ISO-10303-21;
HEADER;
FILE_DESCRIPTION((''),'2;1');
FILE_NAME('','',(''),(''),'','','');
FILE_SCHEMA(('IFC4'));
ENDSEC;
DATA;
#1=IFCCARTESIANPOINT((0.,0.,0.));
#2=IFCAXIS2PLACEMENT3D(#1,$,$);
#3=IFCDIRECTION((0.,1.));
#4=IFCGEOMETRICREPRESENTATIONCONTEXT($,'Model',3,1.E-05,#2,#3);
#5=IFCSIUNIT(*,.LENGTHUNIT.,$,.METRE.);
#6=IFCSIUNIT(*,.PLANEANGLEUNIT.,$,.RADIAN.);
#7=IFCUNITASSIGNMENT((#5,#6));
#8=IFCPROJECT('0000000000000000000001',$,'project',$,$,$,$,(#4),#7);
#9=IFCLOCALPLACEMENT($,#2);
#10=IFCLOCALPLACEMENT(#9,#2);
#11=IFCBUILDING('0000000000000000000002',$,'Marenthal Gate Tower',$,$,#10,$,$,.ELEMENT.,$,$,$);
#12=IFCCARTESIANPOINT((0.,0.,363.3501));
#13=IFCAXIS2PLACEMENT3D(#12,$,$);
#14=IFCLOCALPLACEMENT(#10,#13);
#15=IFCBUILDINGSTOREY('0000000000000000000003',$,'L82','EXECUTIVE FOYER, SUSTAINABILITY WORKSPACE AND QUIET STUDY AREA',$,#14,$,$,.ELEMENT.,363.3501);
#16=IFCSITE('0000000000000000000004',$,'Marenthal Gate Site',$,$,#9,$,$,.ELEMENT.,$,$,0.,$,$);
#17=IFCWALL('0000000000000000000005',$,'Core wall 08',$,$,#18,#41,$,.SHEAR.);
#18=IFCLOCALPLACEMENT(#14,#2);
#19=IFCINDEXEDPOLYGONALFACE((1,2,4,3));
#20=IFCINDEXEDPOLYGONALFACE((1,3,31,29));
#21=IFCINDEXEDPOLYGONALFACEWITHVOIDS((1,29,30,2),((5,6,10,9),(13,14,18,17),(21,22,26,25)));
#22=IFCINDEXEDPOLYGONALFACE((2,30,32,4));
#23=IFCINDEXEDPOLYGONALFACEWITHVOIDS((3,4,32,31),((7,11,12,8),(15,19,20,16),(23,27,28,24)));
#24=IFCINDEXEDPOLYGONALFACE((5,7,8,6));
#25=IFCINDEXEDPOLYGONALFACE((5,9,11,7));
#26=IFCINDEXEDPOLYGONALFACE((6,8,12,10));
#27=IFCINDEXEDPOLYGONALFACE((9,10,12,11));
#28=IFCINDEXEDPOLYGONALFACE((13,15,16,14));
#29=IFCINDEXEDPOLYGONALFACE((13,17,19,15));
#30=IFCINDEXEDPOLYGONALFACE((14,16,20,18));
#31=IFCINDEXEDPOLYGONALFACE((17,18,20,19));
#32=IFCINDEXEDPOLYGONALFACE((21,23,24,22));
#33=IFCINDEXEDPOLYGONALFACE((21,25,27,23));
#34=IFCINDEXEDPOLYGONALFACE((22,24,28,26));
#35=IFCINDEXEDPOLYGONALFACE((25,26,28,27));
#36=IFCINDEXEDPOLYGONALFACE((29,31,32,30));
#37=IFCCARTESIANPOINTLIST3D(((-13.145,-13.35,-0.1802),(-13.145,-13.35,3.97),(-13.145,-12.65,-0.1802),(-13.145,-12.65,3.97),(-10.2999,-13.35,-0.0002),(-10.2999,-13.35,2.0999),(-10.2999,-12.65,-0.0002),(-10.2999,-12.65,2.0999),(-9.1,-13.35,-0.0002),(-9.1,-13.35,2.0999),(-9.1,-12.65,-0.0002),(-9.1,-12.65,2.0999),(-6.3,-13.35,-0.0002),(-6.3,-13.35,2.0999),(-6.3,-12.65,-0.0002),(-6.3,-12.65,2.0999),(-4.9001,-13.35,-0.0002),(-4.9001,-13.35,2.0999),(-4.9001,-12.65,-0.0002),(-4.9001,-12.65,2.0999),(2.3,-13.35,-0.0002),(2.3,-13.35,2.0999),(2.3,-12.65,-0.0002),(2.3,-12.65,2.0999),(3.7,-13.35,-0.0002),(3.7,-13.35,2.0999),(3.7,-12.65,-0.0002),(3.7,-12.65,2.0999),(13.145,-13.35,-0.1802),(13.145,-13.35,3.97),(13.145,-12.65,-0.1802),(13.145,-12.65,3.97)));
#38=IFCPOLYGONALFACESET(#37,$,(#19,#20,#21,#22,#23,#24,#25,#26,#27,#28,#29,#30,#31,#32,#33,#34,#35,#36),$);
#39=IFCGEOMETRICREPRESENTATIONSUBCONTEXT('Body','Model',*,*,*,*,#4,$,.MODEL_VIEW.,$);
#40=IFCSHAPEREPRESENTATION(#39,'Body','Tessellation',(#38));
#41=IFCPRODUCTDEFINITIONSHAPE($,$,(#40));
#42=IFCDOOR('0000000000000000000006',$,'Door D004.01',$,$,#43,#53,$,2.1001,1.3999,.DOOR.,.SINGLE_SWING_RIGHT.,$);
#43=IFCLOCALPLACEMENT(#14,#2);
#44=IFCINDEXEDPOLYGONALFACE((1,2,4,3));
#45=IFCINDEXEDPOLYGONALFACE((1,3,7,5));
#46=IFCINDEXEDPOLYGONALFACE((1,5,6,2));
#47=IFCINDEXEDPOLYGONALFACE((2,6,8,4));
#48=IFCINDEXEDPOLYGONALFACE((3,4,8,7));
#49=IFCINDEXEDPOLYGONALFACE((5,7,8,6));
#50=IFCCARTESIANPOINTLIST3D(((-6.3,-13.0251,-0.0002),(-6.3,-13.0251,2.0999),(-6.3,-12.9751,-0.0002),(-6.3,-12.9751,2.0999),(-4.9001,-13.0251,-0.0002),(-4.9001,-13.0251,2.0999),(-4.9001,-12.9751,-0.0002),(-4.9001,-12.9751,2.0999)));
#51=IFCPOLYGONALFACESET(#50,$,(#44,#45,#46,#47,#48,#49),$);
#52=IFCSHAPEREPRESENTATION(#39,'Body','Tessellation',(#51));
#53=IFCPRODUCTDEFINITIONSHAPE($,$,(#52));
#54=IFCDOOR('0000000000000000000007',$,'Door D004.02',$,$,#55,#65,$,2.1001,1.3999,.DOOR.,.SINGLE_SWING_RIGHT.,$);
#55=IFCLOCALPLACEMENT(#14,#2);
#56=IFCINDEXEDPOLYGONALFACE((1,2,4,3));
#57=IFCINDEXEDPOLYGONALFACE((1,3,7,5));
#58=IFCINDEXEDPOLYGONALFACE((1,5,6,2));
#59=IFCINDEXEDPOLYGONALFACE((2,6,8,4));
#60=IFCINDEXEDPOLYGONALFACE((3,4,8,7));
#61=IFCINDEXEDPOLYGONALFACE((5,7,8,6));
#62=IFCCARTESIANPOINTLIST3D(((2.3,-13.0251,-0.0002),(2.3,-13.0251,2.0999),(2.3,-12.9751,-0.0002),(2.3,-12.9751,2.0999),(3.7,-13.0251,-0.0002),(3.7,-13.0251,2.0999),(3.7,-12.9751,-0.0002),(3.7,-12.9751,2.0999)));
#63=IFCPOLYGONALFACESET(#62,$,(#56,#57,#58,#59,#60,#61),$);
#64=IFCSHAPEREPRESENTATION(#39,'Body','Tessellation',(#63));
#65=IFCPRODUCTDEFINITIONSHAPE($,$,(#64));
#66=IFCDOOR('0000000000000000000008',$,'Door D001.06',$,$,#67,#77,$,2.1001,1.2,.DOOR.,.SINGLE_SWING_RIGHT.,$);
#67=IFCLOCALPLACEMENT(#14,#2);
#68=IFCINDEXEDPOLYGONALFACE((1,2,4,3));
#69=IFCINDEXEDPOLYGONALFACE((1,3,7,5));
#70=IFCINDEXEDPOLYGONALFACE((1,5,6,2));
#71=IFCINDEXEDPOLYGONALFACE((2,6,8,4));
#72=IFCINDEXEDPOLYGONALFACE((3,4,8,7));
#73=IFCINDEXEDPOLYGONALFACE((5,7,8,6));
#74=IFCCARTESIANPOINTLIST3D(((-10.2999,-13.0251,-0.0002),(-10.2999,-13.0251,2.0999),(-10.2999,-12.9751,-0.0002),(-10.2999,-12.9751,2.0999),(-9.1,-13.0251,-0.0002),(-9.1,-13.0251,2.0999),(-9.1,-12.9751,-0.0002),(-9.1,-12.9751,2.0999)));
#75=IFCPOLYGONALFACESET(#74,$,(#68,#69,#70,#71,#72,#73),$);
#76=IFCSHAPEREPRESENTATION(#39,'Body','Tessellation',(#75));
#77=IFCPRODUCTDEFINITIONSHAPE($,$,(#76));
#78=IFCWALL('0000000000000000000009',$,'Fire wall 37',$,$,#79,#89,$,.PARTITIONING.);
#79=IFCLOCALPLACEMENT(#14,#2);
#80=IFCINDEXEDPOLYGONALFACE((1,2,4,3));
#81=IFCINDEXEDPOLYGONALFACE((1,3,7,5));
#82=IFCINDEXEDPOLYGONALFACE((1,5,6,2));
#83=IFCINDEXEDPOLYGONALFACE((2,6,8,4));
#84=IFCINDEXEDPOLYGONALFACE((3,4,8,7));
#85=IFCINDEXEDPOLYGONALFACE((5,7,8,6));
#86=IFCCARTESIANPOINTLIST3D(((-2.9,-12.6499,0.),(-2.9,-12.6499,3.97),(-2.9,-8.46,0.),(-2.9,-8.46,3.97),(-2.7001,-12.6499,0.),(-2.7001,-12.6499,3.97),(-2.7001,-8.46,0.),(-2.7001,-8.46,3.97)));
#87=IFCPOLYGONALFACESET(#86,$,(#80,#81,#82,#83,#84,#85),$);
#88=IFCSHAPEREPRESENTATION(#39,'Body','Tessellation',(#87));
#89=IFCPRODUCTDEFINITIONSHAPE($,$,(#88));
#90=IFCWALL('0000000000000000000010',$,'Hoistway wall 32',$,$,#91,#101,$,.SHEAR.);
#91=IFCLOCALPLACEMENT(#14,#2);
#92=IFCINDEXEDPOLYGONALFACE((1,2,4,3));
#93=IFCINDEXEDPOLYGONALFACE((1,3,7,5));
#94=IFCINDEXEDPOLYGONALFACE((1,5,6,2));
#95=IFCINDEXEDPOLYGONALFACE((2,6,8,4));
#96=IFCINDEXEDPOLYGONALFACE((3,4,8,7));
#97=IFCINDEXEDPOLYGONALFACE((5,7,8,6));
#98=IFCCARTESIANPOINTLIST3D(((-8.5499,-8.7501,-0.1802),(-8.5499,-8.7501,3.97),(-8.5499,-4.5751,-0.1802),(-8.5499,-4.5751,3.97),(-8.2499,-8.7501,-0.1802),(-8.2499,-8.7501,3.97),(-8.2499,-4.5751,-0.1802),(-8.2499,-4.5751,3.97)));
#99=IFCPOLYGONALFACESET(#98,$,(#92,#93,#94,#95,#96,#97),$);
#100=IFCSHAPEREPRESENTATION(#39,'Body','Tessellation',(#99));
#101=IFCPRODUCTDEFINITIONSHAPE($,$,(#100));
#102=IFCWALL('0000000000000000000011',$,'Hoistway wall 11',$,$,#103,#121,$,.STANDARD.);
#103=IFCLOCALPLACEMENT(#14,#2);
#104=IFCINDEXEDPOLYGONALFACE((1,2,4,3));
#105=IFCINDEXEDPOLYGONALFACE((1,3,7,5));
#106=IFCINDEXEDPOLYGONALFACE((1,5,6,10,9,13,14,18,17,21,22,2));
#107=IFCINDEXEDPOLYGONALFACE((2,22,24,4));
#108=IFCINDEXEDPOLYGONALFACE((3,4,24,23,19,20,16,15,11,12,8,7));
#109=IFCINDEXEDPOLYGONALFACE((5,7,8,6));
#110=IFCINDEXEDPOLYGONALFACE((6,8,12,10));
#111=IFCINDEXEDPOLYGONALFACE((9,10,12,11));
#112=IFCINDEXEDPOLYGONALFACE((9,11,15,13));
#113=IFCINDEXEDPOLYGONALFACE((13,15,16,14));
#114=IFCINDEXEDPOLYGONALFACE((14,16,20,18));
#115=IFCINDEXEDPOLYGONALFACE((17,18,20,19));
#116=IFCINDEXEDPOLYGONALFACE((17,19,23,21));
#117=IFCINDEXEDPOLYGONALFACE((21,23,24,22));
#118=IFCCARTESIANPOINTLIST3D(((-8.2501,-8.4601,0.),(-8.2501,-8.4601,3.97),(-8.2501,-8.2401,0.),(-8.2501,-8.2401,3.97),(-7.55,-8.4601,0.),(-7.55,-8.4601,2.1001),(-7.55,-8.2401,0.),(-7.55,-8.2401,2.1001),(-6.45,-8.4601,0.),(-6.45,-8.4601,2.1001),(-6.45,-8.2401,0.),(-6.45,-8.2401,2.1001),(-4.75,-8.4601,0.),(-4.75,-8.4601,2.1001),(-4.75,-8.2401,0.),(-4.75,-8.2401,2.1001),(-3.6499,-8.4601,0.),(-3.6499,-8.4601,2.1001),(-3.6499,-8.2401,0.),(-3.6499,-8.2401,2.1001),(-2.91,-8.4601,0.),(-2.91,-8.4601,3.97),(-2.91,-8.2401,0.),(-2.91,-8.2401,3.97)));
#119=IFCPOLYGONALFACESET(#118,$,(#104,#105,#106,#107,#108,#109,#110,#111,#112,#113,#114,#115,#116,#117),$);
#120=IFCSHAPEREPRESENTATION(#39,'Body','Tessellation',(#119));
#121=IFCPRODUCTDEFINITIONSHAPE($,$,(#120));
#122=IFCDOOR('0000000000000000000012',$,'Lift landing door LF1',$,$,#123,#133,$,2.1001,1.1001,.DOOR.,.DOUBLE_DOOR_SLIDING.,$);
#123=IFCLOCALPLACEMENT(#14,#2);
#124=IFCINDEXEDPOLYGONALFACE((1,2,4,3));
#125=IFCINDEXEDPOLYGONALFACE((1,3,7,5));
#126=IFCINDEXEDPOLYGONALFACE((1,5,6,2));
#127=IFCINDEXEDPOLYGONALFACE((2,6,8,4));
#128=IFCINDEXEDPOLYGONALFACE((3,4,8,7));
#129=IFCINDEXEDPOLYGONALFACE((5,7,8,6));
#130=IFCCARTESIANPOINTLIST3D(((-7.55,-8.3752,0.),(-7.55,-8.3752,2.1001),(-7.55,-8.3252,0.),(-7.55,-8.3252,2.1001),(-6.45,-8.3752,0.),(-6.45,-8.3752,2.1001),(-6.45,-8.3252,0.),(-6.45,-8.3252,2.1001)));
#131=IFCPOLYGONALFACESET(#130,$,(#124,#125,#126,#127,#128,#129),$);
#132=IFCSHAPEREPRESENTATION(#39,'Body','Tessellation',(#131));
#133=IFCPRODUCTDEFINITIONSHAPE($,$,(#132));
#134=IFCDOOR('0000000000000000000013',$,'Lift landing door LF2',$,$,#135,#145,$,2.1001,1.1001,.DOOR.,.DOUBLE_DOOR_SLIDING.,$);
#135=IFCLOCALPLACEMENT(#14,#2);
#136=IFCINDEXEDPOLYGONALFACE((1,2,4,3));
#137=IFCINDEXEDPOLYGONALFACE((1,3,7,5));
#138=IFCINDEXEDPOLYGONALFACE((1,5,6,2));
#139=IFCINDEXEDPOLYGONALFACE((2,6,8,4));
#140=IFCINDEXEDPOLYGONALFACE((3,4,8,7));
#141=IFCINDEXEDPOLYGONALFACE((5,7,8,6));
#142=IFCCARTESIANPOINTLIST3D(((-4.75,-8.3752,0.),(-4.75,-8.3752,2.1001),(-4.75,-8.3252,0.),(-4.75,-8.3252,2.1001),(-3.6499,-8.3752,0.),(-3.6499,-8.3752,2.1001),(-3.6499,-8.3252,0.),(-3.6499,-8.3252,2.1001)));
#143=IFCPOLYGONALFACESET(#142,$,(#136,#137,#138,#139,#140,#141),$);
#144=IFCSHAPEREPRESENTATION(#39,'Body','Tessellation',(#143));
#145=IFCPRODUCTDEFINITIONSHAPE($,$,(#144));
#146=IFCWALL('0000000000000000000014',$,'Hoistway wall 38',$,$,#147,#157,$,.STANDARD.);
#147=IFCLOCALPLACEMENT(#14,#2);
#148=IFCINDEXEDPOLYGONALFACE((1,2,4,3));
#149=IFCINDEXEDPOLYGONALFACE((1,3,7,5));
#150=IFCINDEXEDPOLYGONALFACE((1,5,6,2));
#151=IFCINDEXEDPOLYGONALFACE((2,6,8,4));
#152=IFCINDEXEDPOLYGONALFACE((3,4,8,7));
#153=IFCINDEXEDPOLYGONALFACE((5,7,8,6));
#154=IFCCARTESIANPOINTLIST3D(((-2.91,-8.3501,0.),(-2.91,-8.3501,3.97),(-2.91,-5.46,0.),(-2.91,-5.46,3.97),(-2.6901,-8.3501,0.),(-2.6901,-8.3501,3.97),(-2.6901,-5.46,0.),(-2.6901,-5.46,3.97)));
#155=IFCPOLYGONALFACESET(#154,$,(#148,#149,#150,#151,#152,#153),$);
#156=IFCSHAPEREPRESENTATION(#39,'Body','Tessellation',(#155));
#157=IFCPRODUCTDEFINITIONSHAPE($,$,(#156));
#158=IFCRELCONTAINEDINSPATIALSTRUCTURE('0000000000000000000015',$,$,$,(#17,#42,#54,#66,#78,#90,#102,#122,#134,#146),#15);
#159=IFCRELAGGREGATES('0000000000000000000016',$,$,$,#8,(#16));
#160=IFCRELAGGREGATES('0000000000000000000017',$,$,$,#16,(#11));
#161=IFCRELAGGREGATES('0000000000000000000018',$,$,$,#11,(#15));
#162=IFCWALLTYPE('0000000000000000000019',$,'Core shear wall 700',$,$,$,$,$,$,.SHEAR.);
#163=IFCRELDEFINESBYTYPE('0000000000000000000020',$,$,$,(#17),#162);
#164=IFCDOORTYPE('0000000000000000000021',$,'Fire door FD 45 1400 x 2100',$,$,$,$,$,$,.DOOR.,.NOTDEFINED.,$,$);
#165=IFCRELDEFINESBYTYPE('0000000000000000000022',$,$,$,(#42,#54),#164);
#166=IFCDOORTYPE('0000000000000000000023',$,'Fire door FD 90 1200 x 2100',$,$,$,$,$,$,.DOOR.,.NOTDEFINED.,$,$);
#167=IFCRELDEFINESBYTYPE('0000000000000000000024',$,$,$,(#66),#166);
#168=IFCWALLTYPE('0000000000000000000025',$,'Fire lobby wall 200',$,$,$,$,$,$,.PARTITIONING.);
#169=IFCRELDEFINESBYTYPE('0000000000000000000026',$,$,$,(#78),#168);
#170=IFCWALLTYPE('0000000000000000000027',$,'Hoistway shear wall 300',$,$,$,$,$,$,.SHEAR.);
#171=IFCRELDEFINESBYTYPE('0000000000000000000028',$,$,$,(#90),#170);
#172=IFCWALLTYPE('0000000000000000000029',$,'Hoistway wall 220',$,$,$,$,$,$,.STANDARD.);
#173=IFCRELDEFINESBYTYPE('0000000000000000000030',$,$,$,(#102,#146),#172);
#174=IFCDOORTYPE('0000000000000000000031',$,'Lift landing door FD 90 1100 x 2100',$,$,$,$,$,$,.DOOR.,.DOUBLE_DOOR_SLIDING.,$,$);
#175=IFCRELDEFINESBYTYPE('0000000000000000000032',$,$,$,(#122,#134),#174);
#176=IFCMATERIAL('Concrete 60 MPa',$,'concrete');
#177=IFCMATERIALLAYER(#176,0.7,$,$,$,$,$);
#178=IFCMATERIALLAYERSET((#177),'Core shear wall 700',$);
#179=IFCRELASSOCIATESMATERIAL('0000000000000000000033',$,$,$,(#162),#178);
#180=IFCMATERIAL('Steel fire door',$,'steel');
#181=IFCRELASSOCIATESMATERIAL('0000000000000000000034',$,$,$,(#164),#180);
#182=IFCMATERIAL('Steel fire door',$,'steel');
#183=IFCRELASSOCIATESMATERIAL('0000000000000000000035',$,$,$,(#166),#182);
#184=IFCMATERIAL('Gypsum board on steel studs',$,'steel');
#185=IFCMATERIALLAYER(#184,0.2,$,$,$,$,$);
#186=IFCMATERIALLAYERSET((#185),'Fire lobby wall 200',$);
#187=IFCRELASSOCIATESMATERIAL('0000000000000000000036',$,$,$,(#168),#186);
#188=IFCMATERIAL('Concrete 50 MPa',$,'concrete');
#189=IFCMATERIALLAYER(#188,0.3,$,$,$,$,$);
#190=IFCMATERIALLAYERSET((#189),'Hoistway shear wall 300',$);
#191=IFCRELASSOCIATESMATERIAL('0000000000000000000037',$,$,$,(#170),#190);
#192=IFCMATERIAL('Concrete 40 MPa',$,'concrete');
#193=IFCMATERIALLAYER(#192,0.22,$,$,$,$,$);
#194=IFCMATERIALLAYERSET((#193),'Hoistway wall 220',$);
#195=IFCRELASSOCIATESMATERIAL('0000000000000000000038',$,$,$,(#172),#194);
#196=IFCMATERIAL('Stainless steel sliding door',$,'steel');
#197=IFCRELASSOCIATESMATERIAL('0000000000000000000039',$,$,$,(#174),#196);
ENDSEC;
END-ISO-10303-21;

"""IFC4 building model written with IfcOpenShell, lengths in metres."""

from ifc_helpers import new_model, si_unit, direction, frame, frame_2d, origin, place, context, subcontext, project, spatial, rectangle, extrude, material, layer, layer_set, type_object, element, fill, save


model = new_model("IFC4")

# Units and contexts
model_context = context("Model", 3, precision=1e-05, world=origin(), true_north=direction((0.0, 1.0)))
body_context = subcontext(model_context, "Body", "Model", "MODEL_VIEW")
ifc_project = project(units=[si_unit("LENGTHUNIT", "METRE"), si_unit("PLANEANGLEUNIT", "RADIAN")], contexts=[model_context])

# Site, building, storey
site_placement = place(None, origin())
site = spatial("IfcSite", under=ifc_project, at=site_placement, Name="Marenthal Gate Site", CompositionType="ELEMENT", RefElevation=0.0)
building_placement = place(site_placement, origin())
building = spatial("IfcBuilding", under=site, at=building_placement, Name="Marenthal Gate Tower", CompositionType="ELEMENT")
storey_placement = place(building_placement, frame((0.0, 0.0, 363.3501)))
storey = spatial("IfcBuildingStorey", under=building, at=storey_placement, Name="L82", Description="EXECUTIVE FOYER, SUSTAINABILITY WORKSPACE AND QUIET STUDY AREA", CompositionType="ELEMENT", Elevation=363.3501)

# Wall, openings, doors
ifc_material_1 = material(Name="Concrete 60 MPa", Category="concrete")
ifc_layer_1 = layer(ifc_material_1, 0.7)
ifc_layer_set_1 = layer_set([ifc_layer_1], Name="Core shear wall 700")
wall_type_1 = type_object("IfcWallType", Name="Core shear wall 700", PredefinedType="SHEAR", material=ifc_layer_set_1)
wall_1_placement = place(storey_placement, frame((-13.145, -13.0, -0.1802), z_axis=(0.0, 0.0, 1.0), x_axis=(1.0, 0.0, 0.0)))
wall_1 = element("IfcWall", 1, at=wall_1_placement, inside=storey, type_object=wall_type_1, Name="Core wall 08", PredefinedType="SHEAR", context=body_context, shape_type="SweptSolid", body=[
    extrude(rectangle(XDim=26.29, YDim=0.7, at=frame_2d((13.145, 0.0))), origin(), (0.0, 0.0, 1.0), 4.1501),
])
opening_1_placement = place(wall_1_placement, frame((2.845, 0.0, 0.1799)))
opening_1 = element("IfcOpeningElement", 2, at=opening_1_placement, cuts=wall_1, PredefinedType="OPENING", context=body_context, shape_type="SweptSolid", body=[
    extrude(rectangle(XDim=1.2, YDim=2.1001, at=frame_2d((0.6001, 1.05))), frame((0.0, 0.3599, 0.0), z_axis=(0.0, -1.0, 0.0), x_axis=(1.0, 0.0, 0.0)), (0.0, 0.0, 1.0), 0.72),
])
opening_2_placement = place(wall_1_placement, frame((6.845, 0.0, 0.1799)))
opening_2 = element("IfcOpeningElement", 3, at=opening_2_placement, cuts=wall_1, PredefinedType="OPENING", context=body_context, shape_type="SweptSolid", body=[
    extrude(rectangle(XDim=1.3999, YDim=2.1001, at=frame_2d((0.7, 1.05))), frame((0.0, 0.3599, 0.0), z_axis=(0.0, -1.0, 0.0), x_axis=(1.0, 0.0, 0.0)), (0.0, 0.0, 1.0), 0.72),
])
opening_3_placement = place(wall_1_placement, frame((15.4451, 0.0, 0.1799)))
opening_3 = element("IfcOpeningElement", 4, at=opening_3_placement, cuts=wall_1, PredefinedType="OPENING", context=body_context, shape_type="SweptSolid", body=[
    extrude(rectangle(XDim=1.3999, YDim=2.1001, at=frame_2d((0.7, 1.05))), frame((0.0, 0.3599, 0.0), z_axis=(0.0, -1.0, 0.0), x_axis=(1.0, 0.0, 0.0)), (0.0, 0.0, 1.0), 0.72),
])
ifc_material_2 = material(Name="Steel fire door", Category="steel")
door_type_1 = type_object("IfcDoorType", Name="Fire door FD 45 1400 x 2100", OperationType="NOTDEFINED", PredefinedType="DOOR", material=ifc_material_2)
door_1_placement = place(opening_2_placement, origin())
door_1 = element("IfcDoor", 5, at=door_1_placement, inside=storey, type_object=door_type_1, Name="Door D004.01", OperationType="SINGLE_SWING_RIGHT", OverallHeight=2.1001, OverallWidth=1.3999, PredefinedType="DOOR", context=body_context, shape_type="SweptSolid", body=[
    extrude(rectangle(XDim=1.3999, YDim=2.1001, at=frame_2d((0.7, 1.05))), frame((0.0, 0.0249, 0.0), z_axis=(0.0, -1.0, 0.0), x_axis=(1.0, 0.0, 0.0)), (0.0, 0.0, 1.0), 0.05),
])
fill(opening_2, door_1)
door_2_placement = place(opening_3_placement, origin())
door_2 = element("IfcDoor", 6, at=door_2_placement, inside=storey, type_object=door_type_1, Name="Door D004.02", OperationType="SINGLE_SWING_RIGHT", OverallHeight=2.1001, OverallWidth=1.3999, PredefinedType="DOOR", context=body_context, shape_type="SweptSolid", body=[
    extrude(rectangle(XDim=1.3999, YDim=2.1001, at=frame_2d((0.7, 1.05))), frame((0.0, 0.0249, 0.0), z_axis=(0.0, -1.0, 0.0), x_axis=(1.0, 0.0, 0.0)), (0.0, 0.0, 1.0), 0.05),
])
fill(opening_3, door_2)
ifc_material_3 = material(Name="Steel fire door", Category="steel")
door_type_2 = type_object("IfcDoorType", Name="Fire door FD 90 1200 x 2100", OperationType="NOTDEFINED", PredefinedType="DOOR", material=ifc_material_3)
door_3_placement = place(opening_1_placement, origin())
door_3 = element("IfcDoor", 7, at=door_3_placement, inside=storey, type_object=door_type_2, Name="Door D001.06", OperationType="SINGLE_SWING_RIGHT", OverallHeight=2.1001, OverallWidth=1.2, PredefinedType="DOOR", context=body_context, shape_type="SweptSolid", body=[
    extrude(rectangle(XDim=1.2, YDim=2.1001, at=frame_2d((0.6001, 1.05))), frame((0.0, 0.0249, 0.0), z_axis=(0.0, -1.0, 0.0), x_axis=(1.0, 0.0, 0.0)), (0.0, 0.0, 1.0), 0.05),
])
fill(opening_1, door_3)

# Walls
ifc_material_4 = material(Name="Gypsum board on steel studs", Category="steel")
ifc_layer_2 = layer(ifc_material_4, 0.2)
ifc_layer_set_2 = layer_set([ifc_layer_2], Name="Fire lobby wall 200")
wall_type_2 = type_object("IfcWallType", Name="Fire lobby wall 200", PredefinedType="PARTITIONING", material=ifc_layer_set_2)
wall_2_placement = place(storey_placement, frame((-2.8, -12.6499, 0.0), z_axis=(0.0, 0.0, 1.0), x_axis=(0.0, 1.0, 0.0)))
element("IfcWall", 8, at=wall_2_placement, inside=storey, type_object=wall_type_2, Name="Fire wall 37", PredefinedType="PARTITIONING", context=body_context, shape_type="SweptSolid", body=[
    extrude(rectangle(XDim=4.1899, YDim=0.2, at=frame_2d((2.095, 0.0))), origin(), (0.0, 0.0, 1.0), 3.97),
])
ifc_material_5 = material(Name="Concrete 50 MPa", Category="concrete")
ifc_layer_3 = layer(ifc_material_5, 0.3)
ifc_layer_set_3 = layer_set([ifc_layer_3], Name="Hoistway shear wall 300")
wall_type_3 = type_object("IfcWallType", Name="Hoistway shear wall 300", PredefinedType="SHEAR", material=ifc_layer_set_3)
wall_3_placement = place(storey_placement, frame((-8.3999, -8.75, -0.1802), z_axis=(0.0, 0.0, 1.0), x_axis=(0.0, 1.0, 0.0)))
element("IfcWall", 9, at=wall_3_placement, inside=storey, type_object=wall_type_3, Name="Hoistway wall 32", PredefinedType="SHEAR", context=body_context, shape_type="SweptSolid", body=[
    extrude(rectangle(XDim=4.175, YDim=0.3, at=frame_2d((2.0874, 0.0))), origin(), (0.0, 0.0, 1.0), 4.1501),
])

# Wall, openings, doors
ifc_material_6 = material(Name="Concrete 40 MPa", Category="concrete")
ifc_layer_4 = layer(ifc_material_6, 0.22)
ifc_layer_set_4 = layer_set([ifc_layer_4], Name="Hoistway wall 220")
wall_type_4 = type_object("IfcWallType", Name="Hoistway wall 220", PredefinedType="STANDARD", material=ifc_layer_set_4)
wall_4_placement = place(storey_placement, frame((-8.25, -8.3501, 0.0), z_axis=(0.0, 0.0, 1.0), x_axis=(1.0, 0.0, 0.0)))
wall_4 = element("IfcWall", 10, at=wall_4_placement, inside=storey, type_object=wall_type_4, Name="Hoistway wall 11", PredefinedType="STANDARD", context=body_context, shape_type="SweptSolid", body=[
    extrude(rectangle(XDim=5.3401, YDim=0.22, at=frame_2d((2.6699, 0.0))), origin(), (0.0, 0.0, 1.0), 3.97),
])
opening_4_placement = place(wall_4_placement, frame((0.7, 0.0, 0.0)))
opening_4 = element("IfcOpeningElement", 11, at=opening_4_placement, cuts=wall_4, PredefinedType="OPENING", context=body_context, shape_type="SweptSolid", body=[
    extrude(rectangle(XDim=1.1001, YDim=2.1001, at=frame_2d((0.55, 1.05))), frame((0.0, 0.1201, 0.0), z_axis=(0.0, -1.0, 0.0), x_axis=(1.0, 0.0, 0.0)), (0.0, 0.0, 1.0), 0.24),
])
opening_5_placement = place(wall_4_placement, frame((3.5, 0.0, 0.0)))
opening_5 = element("IfcOpeningElement", 12, at=opening_5_placement, cuts=wall_4, PredefinedType="OPENING", context=body_context, shape_type="SweptSolid", body=[
    extrude(rectangle(XDim=1.1001, YDim=2.1001, at=frame_2d((0.55, 1.05))), frame((0.0, 0.1201, 0.0), z_axis=(0.0, -1.0, 0.0), x_axis=(1.0, 0.0, 0.0)), (0.0, 0.0, 1.0), 0.24),
])
ifc_material_7 = material(Name="Stainless steel sliding door", Category="steel")
door_type_3 = type_object("IfcDoorType", Name="Lift landing door FD 90 1100 x 2100", OperationType="DOUBLE_DOOR_SLIDING", PredefinedType="DOOR", material=ifc_material_7)
door_4_placement = place(opening_4_placement, origin())
door_4 = element("IfcDoor", 13, at=door_4_placement, inside=storey, type_object=door_type_3, Name="Lift landing door LF1", OperationType="DOUBLE_DOOR_SLIDING", OverallHeight=2.1001, OverallWidth=1.1001, PredefinedType="DOOR", context=body_context, shape_type="SweptSolid", body=[
    extrude(rectangle(XDim=1.1001, YDim=2.1001, at=frame_2d((0.55, 1.05))), frame((0.0, 0.0249, 0.0), z_axis=(0.0, -1.0, 0.0), x_axis=(1.0, 0.0, 0.0)), (0.0, 0.0, 1.0), 0.05),
])
fill(opening_4, door_4)
door_5_placement = place(opening_5_placement, origin())
door_5 = element("IfcDoor", 14, at=door_5_placement, inside=storey, type_object=door_type_3, Name="Lift landing door LF2", OperationType="DOUBLE_DOOR_SLIDING", OverallHeight=2.1001, OverallWidth=1.1001, PredefinedType="DOOR", context=body_context, shape_type="SweptSolid", body=[
    extrude(rectangle(XDim=1.1001, YDim=2.1001, at=frame_2d((0.55, 1.05))), frame((0.0, 0.0249, 0.0), z_axis=(0.0, -1.0, 0.0), x_axis=(1.0, 0.0, 0.0)), (0.0, 0.0, 1.0), 0.05),
])
fill(opening_5, door_5)

# Wall
wall_5_placement = place(storey_placement, frame((-2.8, -8.3501, 0.0), z_axis=(0.0, 0.0, 1.0), x_axis=(0.0, 1.0, 0.0)))
element("IfcWall", 15, at=wall_5_placement, inside=storey, type_object=wall_type_4, Name="Hoistway wall 38", PredefinedType="STANDARD", context=body_context, shape_type="SweptSolid", body=[
    extrude(rectangle(XDim=2.8901, YDim=0.22, at=frame_2d((1.4451, 0.0))), origin(), (0.0, 0.0, 1.0), 3.97),
])

save(model, "model.ifc")
